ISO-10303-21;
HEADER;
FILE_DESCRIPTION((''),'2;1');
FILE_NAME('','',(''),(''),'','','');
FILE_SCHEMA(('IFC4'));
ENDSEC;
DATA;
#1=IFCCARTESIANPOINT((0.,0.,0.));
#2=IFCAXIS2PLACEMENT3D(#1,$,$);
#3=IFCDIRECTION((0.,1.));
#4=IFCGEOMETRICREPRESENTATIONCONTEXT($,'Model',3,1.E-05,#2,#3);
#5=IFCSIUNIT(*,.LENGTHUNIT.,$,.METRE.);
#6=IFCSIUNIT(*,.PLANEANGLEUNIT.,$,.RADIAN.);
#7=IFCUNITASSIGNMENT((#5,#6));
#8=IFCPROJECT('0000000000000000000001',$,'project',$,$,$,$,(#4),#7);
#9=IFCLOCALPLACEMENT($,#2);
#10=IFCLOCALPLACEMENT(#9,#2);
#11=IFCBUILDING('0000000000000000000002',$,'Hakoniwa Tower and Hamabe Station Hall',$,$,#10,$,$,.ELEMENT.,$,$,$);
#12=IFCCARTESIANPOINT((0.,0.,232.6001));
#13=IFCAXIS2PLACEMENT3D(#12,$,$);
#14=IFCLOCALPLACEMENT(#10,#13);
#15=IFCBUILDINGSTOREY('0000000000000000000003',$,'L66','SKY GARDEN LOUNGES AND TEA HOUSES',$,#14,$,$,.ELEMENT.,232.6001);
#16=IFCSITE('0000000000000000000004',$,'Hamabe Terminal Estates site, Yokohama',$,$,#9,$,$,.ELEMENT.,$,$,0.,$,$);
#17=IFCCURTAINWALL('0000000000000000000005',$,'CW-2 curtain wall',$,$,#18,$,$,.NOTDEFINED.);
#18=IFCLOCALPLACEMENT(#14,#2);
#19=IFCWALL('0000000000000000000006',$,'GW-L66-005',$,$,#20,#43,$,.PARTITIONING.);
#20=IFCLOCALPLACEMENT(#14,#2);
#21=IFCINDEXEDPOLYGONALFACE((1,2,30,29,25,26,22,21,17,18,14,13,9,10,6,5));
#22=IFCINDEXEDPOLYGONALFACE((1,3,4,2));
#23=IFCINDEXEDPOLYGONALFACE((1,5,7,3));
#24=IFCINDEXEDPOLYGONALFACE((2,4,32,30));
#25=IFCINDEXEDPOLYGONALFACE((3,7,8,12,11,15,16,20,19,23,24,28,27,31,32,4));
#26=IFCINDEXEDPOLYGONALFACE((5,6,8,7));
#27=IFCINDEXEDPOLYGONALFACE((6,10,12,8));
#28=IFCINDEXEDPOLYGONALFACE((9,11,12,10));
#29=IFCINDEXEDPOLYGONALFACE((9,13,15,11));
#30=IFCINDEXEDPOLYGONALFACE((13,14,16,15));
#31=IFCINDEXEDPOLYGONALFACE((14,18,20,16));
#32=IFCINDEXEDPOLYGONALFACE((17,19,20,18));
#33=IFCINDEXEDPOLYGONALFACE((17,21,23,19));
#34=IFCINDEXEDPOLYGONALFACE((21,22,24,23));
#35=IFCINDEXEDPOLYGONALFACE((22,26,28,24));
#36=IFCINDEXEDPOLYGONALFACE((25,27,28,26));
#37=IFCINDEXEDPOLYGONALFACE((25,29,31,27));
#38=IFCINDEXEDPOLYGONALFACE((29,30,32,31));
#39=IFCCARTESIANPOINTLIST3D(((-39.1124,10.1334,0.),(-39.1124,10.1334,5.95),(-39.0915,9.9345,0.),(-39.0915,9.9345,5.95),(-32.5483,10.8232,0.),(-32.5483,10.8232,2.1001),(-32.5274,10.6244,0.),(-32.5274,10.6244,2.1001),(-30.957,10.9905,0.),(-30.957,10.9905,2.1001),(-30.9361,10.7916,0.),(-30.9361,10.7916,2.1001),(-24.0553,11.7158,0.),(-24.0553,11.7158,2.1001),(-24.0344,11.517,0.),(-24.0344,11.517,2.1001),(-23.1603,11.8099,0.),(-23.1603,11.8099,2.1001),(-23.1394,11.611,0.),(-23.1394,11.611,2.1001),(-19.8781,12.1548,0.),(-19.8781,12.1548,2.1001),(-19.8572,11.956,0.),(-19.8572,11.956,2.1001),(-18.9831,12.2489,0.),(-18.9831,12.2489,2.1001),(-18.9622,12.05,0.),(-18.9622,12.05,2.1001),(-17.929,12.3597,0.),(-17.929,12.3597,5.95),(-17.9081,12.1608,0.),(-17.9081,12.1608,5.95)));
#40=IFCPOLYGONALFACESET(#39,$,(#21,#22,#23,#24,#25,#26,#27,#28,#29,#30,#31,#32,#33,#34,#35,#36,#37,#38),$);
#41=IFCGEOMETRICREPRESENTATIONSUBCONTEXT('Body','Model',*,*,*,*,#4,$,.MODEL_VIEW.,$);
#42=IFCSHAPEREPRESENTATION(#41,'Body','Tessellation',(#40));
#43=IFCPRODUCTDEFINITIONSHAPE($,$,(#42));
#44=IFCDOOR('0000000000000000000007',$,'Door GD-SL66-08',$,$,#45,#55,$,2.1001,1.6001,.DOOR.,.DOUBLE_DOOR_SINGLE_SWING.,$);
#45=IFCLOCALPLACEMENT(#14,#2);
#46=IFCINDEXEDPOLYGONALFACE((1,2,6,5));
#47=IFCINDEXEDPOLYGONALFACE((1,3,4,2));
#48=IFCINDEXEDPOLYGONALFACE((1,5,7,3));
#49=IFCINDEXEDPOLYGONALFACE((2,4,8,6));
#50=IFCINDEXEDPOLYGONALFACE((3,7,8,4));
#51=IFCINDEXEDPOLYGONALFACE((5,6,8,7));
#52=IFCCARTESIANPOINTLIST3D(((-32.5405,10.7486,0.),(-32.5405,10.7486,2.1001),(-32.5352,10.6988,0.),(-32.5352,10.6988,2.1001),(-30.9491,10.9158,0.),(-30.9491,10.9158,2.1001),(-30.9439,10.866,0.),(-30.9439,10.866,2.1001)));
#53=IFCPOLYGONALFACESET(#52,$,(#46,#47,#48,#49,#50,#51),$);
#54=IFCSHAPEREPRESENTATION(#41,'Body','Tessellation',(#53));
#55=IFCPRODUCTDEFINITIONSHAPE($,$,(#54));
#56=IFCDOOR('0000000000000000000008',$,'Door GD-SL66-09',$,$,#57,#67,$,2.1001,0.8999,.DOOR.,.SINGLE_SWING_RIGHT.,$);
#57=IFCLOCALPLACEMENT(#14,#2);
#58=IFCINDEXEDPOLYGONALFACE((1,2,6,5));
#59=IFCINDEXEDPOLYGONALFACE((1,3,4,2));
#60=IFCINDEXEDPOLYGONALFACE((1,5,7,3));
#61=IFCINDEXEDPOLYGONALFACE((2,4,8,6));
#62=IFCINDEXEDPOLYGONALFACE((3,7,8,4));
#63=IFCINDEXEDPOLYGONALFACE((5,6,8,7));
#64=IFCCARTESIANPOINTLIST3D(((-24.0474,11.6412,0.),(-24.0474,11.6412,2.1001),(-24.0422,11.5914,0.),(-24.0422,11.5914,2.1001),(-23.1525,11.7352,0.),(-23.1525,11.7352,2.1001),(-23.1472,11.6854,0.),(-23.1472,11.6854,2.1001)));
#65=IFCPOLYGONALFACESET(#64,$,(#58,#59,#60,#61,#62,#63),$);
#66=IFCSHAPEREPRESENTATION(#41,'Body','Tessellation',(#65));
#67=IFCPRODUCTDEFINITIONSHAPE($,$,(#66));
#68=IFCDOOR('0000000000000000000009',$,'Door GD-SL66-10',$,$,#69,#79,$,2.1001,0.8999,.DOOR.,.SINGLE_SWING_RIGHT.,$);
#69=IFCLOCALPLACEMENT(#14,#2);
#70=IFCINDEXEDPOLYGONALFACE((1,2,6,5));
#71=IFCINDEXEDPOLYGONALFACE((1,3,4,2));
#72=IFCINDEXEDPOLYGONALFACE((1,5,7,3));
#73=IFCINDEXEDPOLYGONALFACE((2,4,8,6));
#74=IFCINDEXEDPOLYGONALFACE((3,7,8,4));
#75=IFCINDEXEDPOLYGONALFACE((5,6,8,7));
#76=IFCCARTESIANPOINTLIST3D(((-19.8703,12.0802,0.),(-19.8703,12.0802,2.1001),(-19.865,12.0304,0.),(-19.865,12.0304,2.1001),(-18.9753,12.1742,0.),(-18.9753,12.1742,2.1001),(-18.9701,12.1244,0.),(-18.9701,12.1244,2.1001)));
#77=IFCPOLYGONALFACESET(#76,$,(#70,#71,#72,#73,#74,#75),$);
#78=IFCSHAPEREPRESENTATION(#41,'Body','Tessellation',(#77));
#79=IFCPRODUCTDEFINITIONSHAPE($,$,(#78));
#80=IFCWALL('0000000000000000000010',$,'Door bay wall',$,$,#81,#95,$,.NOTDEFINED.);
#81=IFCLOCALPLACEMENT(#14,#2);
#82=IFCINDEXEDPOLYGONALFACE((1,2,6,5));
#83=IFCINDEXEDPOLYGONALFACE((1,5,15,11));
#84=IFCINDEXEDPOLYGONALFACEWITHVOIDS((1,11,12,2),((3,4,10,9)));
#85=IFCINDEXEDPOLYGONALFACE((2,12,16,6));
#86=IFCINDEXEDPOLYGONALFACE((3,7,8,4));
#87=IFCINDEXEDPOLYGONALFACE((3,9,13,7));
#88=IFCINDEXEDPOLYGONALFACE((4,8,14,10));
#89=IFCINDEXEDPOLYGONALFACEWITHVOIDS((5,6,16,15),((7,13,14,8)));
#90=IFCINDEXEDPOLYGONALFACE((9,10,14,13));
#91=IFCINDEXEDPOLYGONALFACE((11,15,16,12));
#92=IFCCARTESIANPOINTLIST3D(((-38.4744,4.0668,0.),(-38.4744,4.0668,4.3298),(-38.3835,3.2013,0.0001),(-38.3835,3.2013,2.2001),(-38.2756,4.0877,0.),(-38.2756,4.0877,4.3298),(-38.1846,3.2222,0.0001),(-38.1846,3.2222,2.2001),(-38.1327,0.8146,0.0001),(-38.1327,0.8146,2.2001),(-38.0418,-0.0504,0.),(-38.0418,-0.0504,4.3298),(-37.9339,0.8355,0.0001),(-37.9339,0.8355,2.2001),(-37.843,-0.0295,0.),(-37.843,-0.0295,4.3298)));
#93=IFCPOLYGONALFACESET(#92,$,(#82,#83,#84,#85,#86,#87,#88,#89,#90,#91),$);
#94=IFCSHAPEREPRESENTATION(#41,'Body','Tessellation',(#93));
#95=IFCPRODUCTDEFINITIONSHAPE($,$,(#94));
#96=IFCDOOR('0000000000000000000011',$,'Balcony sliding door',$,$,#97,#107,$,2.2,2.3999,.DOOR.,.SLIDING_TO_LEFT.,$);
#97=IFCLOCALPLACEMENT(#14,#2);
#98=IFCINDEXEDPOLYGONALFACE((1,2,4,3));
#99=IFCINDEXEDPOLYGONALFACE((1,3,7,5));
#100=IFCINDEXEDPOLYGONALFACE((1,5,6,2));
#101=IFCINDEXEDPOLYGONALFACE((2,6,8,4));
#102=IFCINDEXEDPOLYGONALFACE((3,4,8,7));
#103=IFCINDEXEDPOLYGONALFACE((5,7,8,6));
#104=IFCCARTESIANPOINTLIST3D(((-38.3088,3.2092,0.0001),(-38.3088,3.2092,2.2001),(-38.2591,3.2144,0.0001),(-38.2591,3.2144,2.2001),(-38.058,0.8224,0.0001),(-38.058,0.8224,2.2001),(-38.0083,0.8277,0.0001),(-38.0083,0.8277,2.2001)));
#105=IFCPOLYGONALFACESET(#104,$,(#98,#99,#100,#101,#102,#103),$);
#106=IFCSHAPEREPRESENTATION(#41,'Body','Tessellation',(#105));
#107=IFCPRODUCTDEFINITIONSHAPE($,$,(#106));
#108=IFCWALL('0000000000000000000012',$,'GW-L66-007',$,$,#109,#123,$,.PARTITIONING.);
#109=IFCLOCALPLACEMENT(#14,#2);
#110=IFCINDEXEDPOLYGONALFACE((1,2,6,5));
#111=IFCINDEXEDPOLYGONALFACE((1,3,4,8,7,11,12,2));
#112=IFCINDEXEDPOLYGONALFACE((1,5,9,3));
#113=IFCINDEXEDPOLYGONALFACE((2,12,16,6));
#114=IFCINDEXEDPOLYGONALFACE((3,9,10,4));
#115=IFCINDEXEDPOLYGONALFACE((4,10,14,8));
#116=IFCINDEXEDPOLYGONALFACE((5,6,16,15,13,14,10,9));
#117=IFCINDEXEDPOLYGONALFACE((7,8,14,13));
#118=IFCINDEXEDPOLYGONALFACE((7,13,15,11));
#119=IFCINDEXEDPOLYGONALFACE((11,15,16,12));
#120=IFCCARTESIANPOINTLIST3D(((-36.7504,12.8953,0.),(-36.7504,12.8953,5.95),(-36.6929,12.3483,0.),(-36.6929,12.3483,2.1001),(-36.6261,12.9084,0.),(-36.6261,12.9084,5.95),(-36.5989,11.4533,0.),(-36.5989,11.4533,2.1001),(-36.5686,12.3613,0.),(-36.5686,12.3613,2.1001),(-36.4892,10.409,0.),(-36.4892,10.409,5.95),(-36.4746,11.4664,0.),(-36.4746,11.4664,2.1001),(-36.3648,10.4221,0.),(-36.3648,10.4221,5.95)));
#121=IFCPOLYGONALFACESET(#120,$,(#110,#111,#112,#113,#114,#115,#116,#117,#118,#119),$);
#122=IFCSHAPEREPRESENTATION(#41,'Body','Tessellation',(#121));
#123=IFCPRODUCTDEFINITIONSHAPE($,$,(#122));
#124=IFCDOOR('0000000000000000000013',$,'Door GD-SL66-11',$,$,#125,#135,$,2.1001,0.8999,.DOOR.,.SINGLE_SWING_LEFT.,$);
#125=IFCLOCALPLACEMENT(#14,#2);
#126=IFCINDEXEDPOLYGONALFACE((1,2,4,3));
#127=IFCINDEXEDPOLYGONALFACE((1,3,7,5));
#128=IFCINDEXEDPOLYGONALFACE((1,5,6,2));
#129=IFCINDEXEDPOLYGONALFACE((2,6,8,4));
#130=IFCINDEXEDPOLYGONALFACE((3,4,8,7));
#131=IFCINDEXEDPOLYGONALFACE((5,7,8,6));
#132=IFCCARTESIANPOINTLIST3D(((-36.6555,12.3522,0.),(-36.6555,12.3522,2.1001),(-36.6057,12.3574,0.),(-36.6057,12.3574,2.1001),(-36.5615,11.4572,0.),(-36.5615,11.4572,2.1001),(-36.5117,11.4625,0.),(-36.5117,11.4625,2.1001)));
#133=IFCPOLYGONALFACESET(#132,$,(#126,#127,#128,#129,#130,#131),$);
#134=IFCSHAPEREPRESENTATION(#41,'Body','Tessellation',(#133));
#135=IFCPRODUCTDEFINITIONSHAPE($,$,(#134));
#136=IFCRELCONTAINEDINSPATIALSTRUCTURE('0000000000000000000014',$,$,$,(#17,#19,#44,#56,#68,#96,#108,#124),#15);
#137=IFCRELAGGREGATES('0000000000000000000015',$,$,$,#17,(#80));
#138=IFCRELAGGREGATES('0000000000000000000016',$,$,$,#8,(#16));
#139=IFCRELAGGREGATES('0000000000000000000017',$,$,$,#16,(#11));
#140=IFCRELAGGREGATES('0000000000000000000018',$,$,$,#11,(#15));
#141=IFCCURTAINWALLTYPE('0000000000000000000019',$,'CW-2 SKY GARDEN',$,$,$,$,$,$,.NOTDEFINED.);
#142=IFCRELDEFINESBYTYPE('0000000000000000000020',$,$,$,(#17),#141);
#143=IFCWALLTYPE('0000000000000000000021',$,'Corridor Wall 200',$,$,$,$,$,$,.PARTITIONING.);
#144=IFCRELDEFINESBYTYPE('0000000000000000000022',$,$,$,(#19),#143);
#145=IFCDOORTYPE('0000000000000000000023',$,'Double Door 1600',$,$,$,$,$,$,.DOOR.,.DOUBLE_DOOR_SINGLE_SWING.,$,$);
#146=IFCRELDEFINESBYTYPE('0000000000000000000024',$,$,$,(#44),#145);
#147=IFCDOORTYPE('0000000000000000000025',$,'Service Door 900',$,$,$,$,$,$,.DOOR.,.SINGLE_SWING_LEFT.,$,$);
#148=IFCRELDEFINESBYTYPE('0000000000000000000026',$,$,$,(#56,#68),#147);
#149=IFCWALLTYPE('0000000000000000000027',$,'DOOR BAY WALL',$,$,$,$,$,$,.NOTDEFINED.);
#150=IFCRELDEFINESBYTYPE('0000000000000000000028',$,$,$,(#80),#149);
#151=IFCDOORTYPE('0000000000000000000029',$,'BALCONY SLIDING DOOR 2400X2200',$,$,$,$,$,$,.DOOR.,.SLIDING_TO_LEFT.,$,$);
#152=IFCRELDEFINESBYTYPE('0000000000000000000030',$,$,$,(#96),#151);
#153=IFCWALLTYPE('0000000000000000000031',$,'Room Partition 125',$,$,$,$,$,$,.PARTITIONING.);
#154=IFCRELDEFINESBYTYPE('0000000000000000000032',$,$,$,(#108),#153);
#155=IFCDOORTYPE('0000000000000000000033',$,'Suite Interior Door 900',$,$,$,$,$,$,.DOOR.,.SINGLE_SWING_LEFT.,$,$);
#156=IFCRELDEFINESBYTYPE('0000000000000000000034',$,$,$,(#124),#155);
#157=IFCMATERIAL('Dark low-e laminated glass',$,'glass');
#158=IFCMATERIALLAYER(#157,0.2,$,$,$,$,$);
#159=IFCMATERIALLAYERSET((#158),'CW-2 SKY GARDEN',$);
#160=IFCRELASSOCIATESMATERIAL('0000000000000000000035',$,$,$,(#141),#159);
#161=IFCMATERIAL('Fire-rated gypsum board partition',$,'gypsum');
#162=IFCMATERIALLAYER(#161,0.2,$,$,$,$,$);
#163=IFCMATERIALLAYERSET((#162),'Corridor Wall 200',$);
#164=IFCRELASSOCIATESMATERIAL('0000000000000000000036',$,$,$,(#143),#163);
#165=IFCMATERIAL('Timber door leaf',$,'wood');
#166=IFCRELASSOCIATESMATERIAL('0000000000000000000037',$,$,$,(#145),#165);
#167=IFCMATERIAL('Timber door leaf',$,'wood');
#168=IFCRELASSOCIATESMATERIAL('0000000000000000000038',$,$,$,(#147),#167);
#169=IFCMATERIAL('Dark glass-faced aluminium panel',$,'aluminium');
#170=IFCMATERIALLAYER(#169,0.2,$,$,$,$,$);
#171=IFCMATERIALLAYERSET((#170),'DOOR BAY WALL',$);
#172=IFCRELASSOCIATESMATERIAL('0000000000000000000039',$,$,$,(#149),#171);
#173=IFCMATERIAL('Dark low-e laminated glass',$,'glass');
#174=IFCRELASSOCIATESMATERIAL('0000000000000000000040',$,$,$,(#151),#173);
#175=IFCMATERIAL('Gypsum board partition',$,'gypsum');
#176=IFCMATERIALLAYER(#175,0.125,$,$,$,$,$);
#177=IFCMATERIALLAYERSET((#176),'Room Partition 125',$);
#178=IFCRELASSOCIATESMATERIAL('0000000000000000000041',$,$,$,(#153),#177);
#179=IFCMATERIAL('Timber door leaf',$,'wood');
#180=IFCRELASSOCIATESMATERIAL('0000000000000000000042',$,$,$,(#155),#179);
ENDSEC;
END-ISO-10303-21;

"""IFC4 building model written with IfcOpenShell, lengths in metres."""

from ifc_helpers import new_model, si_unit, direction, frame, frame_2d, origin, place, context, subcontext, project, spatial, rectangle, extrude, material, layer, layer_set, type_object, element, fill, aggregate, save


model = new_model("IFC4")

# Units and contexts
model_context = context("Model", 3, precision=1e-05, world=origin(), true_north=direction((0.0, 1.0)))
body_context = subcontext(model_context, "Body", "Model", "MODEL_VIEW")
ifc_project = project(units=[si_unit("LENGTHUNIT", "METRE"), si_unit("PLANEANGLEUNIT", "RADIAN")], contexts=[model_context])

# Site, building, storey
site_placement = place(None, origin())
site = spatial("IfcSite", under=ifc_project, at=site_placement, Name="Hamabe Terminal Estates site, Yokohama", CompositionType="ELEMENT", RefElevation=0.0)
building_placement = place(site_placement, origin())
building = spatial("IfcBuilding", under=site, at=building_placement, Name="Hakoniwa Tower and Hamabe Station Hall", CompositionType="ELEMENT")
storey_placement = place(building_placement, frame((0.0, 0.0, 232.6001)))
storey = spatial("IfcBuildingStorey", under=building, at=storey_placement, Name="L66", Description="SKY GARDEN LOUNGES AND TEA HOUSES", CompositionType="ELEMENT", Elevation=232.6001)

# Curtain wall
ifc_material_1 = material(Name="Dark low-e laminated glass", Category="glass")
ifc_layer_1 = layer(ifc_material_1, 0.2)
ifc_layer_set_1 = layer_set([ifc_layer_1], Name="CW-2 SKY GARDEN")
curtain_wall_type = type_object("IfcCurtainWallType", Name="CW-2 SKY GARDEN", PredefinedType="NOTDEFINED", material=ifc_layer_set_1)
curtain_wall_placement = place(storey_placement, origin())
curtain_wall = element("IfcCurtainWall", 1, at=curtain_wall_placement, inside=storey, type_object=curtain_wall_type, Name="CW-2 curtain wall", PredefinedType="NOTDEFINED")

# Wall, openings, doors
ifc_material_2 = material(Name="Fire-rated gypsum board partition", Category="gypsum")
ifc_layer_2 = layer(ifc_material_2, 0.2)
ifc_layer_set_2 = layer_set([ifc_layer_2], Name="Corridor Wall 200")
wall_type_1 = type_object("IfcWallType", Name="Corridor Wall 200", PredefinedType="PARTITIONING", material=ifc_layer_set_2)
wall_1_placement = place(storey_placement, frame((-39.1018, 10.0339, 0.0), z_axis=(0.0, 0.0, 1.0), x_axis=(0.994523, 0.104522, 0.0)))
wall_1 = element("IfcWall", 2, at=wall_1_placement, inside=storey, type_object=wall_type_1, Name="GW-L66-005", PredefinedType="PARTITIONING", context=body_context, shape_type="SweptSolid", body=[
    extrude(rectangle(XDim=21.3, YDim=0.2, at=frame_2d((10.6499, 0.0))), origin(), (0.0, 0.0, 1.0), 5.95),
])
opening_1_placement = place(wall_1_placement, frame((6.6001, 0.0, 0.0)))
opening_1 = element("IfcOpeningElement", 3, at=opening_1_placement, cuts=wall_1, PredefinedType="OPENING", context=body_context, shape_type="SweptSolid", body=[
    extrude(rectangle(XDim=1.6001, YDim=2.1001, at=frame_2d((0.8, 1.05))), frame((0.0, 0.1099, 0.0), z_axis=(0.0, -1.0, 0.0), x_axis=(1.0, 0.0, 0.0)), (0.0, 0.0, 1.0), 0.22),
])
opening_2_placement = place(wall_1_placement, frame((15.1399, 0.0, 0.0)))
opening_2 = element("IfcOpeningElement", 4, at=opening_2_placement, cuts=wall_1, PredefinedType="OPENING", context=body_context, shape_type="SweptSolid", body=[
    extrude(rectangle(XDim=0.8999, YDim=2.1001, at=frame_2d((0.45, 1.05))), frame((0.0, 0.1099, 0.0), z_axis=(0.0, -1.0, 0.0), x_axis=(1.0, 0.0, 0.0)), (0.0, 0.0, 1.0), 0.22),
])
opening_3_placement = place(wall_1_placement, frame((19.3401, 0.0, 0.0)))
opening_3 = element("IfcOpeningElement", 5, at=opening_3_placement, cuts=wall_1, PredefinedType="OPENING", context=body_context, shape_type="SweptSolid", body=[
    extrude(rectangle(XDim=0.8999, YDim=2.1001, at=frame_2d((0.45, 1.05))), frame((0.0, 0.1099, 0.0), z_axis=(0.0, -1.0, 0.0), x_axis=(1.0, 0.0, 0.0)), (0.0, 0.0, 1.0), 0.22),
])
ifc_material_3 = material(Name="Timber door leaf", Category="wood")
door_type_1 = type_object("IfcDoorType", Name="Double Door 1600", OperationType="DOUBLE_DOOR_SINGLE_SWING", PredefinedType="DOOR", material=ifc_material_3)
door_1_placement = place(opening_1_placement, origin())
door_1 = element("IfcDoor", 6, at=door_1_placement, inside=storey, type_object=door_type_1, Name="Door GD-SL66-08", OperationType="DOUBLE_DOOR_SINGLE_SWING", OverallHeight=2.1001, OverallWidth=1.6001, PredefinedType="DOOR", context=body_context, shape_type="SweptSolid", body=[
    extrude(rectangle(XDim=1.6001, YDim=2.1001, at=frame_2d((0.8, 1.05))), frame((0.0, 0.0249, 0.0), z_axis=(0.0, -1.0, 0.0), x_axis=(1.0, 0.0, 0.0)), (0.0, 0.0, 1.0), 0.05),
])
fill(opening_1, door_1)
ifc_material_4 = material(Name="Timber door leaf", Category="wood")
door_type_2 = type_object("IfcDoorType", Name="Service Door 900", OperationType="SINGLE_SWING_LEFT", PredefinedType="DOOR", material=ifc_material_4)
door_2_placement = place(opening_2_placement, origin())
door_2 = element("IfcDoor", 7, at=door_2_placement, inside=storey, type_object=door_type_2, Name="Door GD-SL66-09", OperationType="SINGLE_SWING_RIGHT", OverallHeight=2.1001, OverallWidth=0.8999, PredefinedType="DOOR", context=body_context, shape_type="SweptSolid", body=[
    extrude(rectangle(XDim=0.8999, YDim=2.1001, at=frame_2d((0.45, 1.05))), frame((0.0, 0.0249, 0.0), z_axis=(0.0, -1.0, 0.0), x_axis=(1.0, 0.0, 0.0)), (0.0, 0.0, 1.0), 0.05),
])
fill(opening_2, door_2)
door_3_placement = place(opening_3_placement, origin())
door_3 = element("IfcDoor", 8, at=door_3_placement, inside=storey, type_object=door_type_2, Name="Door GD-SL66-10", OperationType="SINGLE_SWING_RIGHT", OverallHeight=2.1001, OverallWidth=0.8999, PredefinedType="DOOR", context=body_context, shape_type="SweptSolid", body=[
    extrude(rectangle(XDim=0.8999, YDim=2.1001, at=frame_2d((0.45, 1.05))), frame((0.0, 0.0249, 0.0), z_axis=(0.0, -1.0, 0.0), x_axis=(1.0, 0.0, 0.0)), (0.0, 0.0, 1.0), 0.05),
])
fill(opening_3, door_3)

# Walls, openings, doors
ifc_material_5 = material(Name="Dark glass-faced aluminium panel", Category="aluminium")
ifc_layer_3 = layer(ifc_material_5, 0.2)
ifc_layer_set_3 = layer_set([ifc_layer_3], Name="DOOR BAY WALL")
wall_type_2 = type_object("IfcWallType", Name="DOOR BAY WALL", PredefinedType="NOTDEFINED", material=ifc_layer_set_3)
wall_2_placement = place(storey_placement, frame((-38.375, 4.0771, 0.0), z_axis=(0.0, 0.0, 1.0), x_axis=(0.104501, -0.994525, 0.0)))
wall_2 = element("IfcWall", 9, at=wall_2_placement, type_object=wall_type_2, Name="Door bay wall", PredefinedType="NOTDEFINED", context=body_context, shape_type="SweptSolid", body=[
    extrude(rectangle(XDim=4.1399, YDim=0.2, at=frame_2d((2.0698, 0.0))), origin(), (0.0, 0.0, 1.0), 4.3298),
])
opening_4_placement = place(wall_2_placement, frame((0.8701, 0.0, 0.0)))
opening_4 = element("IfcOpeningElement", 10, at=opening_4_placement, cuts=wall_2, PredefinedType="OPENING", context=body_context, shape_type="SweptSolid", body=[
    extrude(rectangle(XDim=2.3999, YDim=2.2, at=frame_2d((1.2, 1.1001))), frame((0.0, 0.1099, 0.0), z_axis=(0.0, -1.0, 0.0), x_axis=(1.0, 0.0, 0.0)), (0.0, 0.0, 1.0), 0.22),
])
ifc_material_6 = material(Name="Dark low-e laminated glass", Category="glass")
door_type_3 = type_object("IfcDoorType", Name="BALCONY SLIDING DOOR 2400X2200", OperationType="SLIDING_TO_LEFT", PredefinedType="DOOR", material=ifc_material_6)
door_4_placement = place(opening_4_placement, frame((2.3999, 0.0, 0.0), z_axis=(0.0, 0.0, 1.0), x_axis=(-1.0, 0.0, 0.0)))
door_4 = element("IfcDoor", 11, at=door_4_placement, inside=storey, type_object=door_type_3, Name="Balcony sliding door", OperationType="SLIDING_TO_LEFT", OverallHeight=2.2, OverallWidth=2.3999, PredefinedType="DOOR", context=body_context, shape_type="SweptSolid", body=[
    extrude(rectangle(XDim=2.3999, YDim=2.2, at=frame_2d((1.2, 1.1001))), frame((0.0, 0.0249, 0.0), z_axis=(0.0, -1.0, 0.0), x_axis=(1.0, 0.0, 0.0)), (0.0, 0.0, 1.0), 0.05),
])
fill(opening_4, door_4)
ifc_material_7 = material(Name="Gypsum board partition", Category="gypsum")
ifc_layer_4 = layer(ifc_material_7, 0.125)
ifc_layer_set_4 = layer_set([ifc_layer_4], Name="Room Partition 125")
wall_type_3 = type_object("IfcWallType", Name="Room Partition 125", PredefinedType="PARTITIONING", material=ifc_layer_set_4)
wall_3_placement = place(storey_placement, frame((-36.427, 10.4155, 0.0), z_axis=(0.0, 0.0, 1.0), x_axis=(-0.104492, 0.994526, 0.0)))
wall_3 = element("IfcWall", 12, at=wall_3_placement, inside=storey, type_object=wall_type_3, Name="GW-L66-007", PredefinedType="PARTITIONING", context=body_context, shape_type="SweptSolid", body=[
    extrude(rectangle(XDim=2.5, YDim=0.125, at=frame_2d((1.25, 0.0))), origin(), (0.0, 0.0, 1.0), 5.95),
])
opening_5_placement = place(wall_3_placement, frame((1.05, 0.0, 0.0)))
opening_5 = element("IfcOpeningElement", 13, at=opening_5_placement, cuts=wall_3, PredefinedType="OPENING", context=body_context, shape_type="SweptSolid", body=[
    extrude(rectangle(XDim=0.8999, YDim=2.1001, at=frame_2d((0.45, 1.05))), frame((0.0, 0.0725, 0.0), z_axis=(0.0, -1.0, 0.0), x_axis=(1.0, 0.0, 0.0)), (0.0, 0.0, 1.0), 0.145),
])
ifc_material_8 = material(Name="Timber door leaf", Category="wood")
door_type_4 = type_object("IfcDoorType", Name="Suite Interior Door 900", OperationType="SINGLE_SWING_LEFT", PredefinedType="DOOR", material=ifc_material_8)
door_5_placement = place(opening_5_placement, origin())
door_5 = element("IfcDoor", 14, at=door_5_placement, inside=storey, type_object=door_type_4, Name="Door GD-SL66-11", OperationType="SINGLE_SWING_LEFT", OverallHeight=2.1001, OverallWidth=0.8999, PredefinedType="DOOR", context=body_context, shape_type="SweptSolid", body=[
    extrude(rectangle(XDim=0.8999, YDim=2.1001, at=frame_2d((0.45, 1.05))), frame((0.0, 0.0249, 0.0), z_axis=(0.0, -1.0, 0.0), x_axis=(1.0, 0.0, 0.0)), (0.0, 0.0, 1.0), 0.05),
])
fill(opening_5, door_5)

aggregate(curtain_wall, [wall_2])

save(model, "model.ifc")
